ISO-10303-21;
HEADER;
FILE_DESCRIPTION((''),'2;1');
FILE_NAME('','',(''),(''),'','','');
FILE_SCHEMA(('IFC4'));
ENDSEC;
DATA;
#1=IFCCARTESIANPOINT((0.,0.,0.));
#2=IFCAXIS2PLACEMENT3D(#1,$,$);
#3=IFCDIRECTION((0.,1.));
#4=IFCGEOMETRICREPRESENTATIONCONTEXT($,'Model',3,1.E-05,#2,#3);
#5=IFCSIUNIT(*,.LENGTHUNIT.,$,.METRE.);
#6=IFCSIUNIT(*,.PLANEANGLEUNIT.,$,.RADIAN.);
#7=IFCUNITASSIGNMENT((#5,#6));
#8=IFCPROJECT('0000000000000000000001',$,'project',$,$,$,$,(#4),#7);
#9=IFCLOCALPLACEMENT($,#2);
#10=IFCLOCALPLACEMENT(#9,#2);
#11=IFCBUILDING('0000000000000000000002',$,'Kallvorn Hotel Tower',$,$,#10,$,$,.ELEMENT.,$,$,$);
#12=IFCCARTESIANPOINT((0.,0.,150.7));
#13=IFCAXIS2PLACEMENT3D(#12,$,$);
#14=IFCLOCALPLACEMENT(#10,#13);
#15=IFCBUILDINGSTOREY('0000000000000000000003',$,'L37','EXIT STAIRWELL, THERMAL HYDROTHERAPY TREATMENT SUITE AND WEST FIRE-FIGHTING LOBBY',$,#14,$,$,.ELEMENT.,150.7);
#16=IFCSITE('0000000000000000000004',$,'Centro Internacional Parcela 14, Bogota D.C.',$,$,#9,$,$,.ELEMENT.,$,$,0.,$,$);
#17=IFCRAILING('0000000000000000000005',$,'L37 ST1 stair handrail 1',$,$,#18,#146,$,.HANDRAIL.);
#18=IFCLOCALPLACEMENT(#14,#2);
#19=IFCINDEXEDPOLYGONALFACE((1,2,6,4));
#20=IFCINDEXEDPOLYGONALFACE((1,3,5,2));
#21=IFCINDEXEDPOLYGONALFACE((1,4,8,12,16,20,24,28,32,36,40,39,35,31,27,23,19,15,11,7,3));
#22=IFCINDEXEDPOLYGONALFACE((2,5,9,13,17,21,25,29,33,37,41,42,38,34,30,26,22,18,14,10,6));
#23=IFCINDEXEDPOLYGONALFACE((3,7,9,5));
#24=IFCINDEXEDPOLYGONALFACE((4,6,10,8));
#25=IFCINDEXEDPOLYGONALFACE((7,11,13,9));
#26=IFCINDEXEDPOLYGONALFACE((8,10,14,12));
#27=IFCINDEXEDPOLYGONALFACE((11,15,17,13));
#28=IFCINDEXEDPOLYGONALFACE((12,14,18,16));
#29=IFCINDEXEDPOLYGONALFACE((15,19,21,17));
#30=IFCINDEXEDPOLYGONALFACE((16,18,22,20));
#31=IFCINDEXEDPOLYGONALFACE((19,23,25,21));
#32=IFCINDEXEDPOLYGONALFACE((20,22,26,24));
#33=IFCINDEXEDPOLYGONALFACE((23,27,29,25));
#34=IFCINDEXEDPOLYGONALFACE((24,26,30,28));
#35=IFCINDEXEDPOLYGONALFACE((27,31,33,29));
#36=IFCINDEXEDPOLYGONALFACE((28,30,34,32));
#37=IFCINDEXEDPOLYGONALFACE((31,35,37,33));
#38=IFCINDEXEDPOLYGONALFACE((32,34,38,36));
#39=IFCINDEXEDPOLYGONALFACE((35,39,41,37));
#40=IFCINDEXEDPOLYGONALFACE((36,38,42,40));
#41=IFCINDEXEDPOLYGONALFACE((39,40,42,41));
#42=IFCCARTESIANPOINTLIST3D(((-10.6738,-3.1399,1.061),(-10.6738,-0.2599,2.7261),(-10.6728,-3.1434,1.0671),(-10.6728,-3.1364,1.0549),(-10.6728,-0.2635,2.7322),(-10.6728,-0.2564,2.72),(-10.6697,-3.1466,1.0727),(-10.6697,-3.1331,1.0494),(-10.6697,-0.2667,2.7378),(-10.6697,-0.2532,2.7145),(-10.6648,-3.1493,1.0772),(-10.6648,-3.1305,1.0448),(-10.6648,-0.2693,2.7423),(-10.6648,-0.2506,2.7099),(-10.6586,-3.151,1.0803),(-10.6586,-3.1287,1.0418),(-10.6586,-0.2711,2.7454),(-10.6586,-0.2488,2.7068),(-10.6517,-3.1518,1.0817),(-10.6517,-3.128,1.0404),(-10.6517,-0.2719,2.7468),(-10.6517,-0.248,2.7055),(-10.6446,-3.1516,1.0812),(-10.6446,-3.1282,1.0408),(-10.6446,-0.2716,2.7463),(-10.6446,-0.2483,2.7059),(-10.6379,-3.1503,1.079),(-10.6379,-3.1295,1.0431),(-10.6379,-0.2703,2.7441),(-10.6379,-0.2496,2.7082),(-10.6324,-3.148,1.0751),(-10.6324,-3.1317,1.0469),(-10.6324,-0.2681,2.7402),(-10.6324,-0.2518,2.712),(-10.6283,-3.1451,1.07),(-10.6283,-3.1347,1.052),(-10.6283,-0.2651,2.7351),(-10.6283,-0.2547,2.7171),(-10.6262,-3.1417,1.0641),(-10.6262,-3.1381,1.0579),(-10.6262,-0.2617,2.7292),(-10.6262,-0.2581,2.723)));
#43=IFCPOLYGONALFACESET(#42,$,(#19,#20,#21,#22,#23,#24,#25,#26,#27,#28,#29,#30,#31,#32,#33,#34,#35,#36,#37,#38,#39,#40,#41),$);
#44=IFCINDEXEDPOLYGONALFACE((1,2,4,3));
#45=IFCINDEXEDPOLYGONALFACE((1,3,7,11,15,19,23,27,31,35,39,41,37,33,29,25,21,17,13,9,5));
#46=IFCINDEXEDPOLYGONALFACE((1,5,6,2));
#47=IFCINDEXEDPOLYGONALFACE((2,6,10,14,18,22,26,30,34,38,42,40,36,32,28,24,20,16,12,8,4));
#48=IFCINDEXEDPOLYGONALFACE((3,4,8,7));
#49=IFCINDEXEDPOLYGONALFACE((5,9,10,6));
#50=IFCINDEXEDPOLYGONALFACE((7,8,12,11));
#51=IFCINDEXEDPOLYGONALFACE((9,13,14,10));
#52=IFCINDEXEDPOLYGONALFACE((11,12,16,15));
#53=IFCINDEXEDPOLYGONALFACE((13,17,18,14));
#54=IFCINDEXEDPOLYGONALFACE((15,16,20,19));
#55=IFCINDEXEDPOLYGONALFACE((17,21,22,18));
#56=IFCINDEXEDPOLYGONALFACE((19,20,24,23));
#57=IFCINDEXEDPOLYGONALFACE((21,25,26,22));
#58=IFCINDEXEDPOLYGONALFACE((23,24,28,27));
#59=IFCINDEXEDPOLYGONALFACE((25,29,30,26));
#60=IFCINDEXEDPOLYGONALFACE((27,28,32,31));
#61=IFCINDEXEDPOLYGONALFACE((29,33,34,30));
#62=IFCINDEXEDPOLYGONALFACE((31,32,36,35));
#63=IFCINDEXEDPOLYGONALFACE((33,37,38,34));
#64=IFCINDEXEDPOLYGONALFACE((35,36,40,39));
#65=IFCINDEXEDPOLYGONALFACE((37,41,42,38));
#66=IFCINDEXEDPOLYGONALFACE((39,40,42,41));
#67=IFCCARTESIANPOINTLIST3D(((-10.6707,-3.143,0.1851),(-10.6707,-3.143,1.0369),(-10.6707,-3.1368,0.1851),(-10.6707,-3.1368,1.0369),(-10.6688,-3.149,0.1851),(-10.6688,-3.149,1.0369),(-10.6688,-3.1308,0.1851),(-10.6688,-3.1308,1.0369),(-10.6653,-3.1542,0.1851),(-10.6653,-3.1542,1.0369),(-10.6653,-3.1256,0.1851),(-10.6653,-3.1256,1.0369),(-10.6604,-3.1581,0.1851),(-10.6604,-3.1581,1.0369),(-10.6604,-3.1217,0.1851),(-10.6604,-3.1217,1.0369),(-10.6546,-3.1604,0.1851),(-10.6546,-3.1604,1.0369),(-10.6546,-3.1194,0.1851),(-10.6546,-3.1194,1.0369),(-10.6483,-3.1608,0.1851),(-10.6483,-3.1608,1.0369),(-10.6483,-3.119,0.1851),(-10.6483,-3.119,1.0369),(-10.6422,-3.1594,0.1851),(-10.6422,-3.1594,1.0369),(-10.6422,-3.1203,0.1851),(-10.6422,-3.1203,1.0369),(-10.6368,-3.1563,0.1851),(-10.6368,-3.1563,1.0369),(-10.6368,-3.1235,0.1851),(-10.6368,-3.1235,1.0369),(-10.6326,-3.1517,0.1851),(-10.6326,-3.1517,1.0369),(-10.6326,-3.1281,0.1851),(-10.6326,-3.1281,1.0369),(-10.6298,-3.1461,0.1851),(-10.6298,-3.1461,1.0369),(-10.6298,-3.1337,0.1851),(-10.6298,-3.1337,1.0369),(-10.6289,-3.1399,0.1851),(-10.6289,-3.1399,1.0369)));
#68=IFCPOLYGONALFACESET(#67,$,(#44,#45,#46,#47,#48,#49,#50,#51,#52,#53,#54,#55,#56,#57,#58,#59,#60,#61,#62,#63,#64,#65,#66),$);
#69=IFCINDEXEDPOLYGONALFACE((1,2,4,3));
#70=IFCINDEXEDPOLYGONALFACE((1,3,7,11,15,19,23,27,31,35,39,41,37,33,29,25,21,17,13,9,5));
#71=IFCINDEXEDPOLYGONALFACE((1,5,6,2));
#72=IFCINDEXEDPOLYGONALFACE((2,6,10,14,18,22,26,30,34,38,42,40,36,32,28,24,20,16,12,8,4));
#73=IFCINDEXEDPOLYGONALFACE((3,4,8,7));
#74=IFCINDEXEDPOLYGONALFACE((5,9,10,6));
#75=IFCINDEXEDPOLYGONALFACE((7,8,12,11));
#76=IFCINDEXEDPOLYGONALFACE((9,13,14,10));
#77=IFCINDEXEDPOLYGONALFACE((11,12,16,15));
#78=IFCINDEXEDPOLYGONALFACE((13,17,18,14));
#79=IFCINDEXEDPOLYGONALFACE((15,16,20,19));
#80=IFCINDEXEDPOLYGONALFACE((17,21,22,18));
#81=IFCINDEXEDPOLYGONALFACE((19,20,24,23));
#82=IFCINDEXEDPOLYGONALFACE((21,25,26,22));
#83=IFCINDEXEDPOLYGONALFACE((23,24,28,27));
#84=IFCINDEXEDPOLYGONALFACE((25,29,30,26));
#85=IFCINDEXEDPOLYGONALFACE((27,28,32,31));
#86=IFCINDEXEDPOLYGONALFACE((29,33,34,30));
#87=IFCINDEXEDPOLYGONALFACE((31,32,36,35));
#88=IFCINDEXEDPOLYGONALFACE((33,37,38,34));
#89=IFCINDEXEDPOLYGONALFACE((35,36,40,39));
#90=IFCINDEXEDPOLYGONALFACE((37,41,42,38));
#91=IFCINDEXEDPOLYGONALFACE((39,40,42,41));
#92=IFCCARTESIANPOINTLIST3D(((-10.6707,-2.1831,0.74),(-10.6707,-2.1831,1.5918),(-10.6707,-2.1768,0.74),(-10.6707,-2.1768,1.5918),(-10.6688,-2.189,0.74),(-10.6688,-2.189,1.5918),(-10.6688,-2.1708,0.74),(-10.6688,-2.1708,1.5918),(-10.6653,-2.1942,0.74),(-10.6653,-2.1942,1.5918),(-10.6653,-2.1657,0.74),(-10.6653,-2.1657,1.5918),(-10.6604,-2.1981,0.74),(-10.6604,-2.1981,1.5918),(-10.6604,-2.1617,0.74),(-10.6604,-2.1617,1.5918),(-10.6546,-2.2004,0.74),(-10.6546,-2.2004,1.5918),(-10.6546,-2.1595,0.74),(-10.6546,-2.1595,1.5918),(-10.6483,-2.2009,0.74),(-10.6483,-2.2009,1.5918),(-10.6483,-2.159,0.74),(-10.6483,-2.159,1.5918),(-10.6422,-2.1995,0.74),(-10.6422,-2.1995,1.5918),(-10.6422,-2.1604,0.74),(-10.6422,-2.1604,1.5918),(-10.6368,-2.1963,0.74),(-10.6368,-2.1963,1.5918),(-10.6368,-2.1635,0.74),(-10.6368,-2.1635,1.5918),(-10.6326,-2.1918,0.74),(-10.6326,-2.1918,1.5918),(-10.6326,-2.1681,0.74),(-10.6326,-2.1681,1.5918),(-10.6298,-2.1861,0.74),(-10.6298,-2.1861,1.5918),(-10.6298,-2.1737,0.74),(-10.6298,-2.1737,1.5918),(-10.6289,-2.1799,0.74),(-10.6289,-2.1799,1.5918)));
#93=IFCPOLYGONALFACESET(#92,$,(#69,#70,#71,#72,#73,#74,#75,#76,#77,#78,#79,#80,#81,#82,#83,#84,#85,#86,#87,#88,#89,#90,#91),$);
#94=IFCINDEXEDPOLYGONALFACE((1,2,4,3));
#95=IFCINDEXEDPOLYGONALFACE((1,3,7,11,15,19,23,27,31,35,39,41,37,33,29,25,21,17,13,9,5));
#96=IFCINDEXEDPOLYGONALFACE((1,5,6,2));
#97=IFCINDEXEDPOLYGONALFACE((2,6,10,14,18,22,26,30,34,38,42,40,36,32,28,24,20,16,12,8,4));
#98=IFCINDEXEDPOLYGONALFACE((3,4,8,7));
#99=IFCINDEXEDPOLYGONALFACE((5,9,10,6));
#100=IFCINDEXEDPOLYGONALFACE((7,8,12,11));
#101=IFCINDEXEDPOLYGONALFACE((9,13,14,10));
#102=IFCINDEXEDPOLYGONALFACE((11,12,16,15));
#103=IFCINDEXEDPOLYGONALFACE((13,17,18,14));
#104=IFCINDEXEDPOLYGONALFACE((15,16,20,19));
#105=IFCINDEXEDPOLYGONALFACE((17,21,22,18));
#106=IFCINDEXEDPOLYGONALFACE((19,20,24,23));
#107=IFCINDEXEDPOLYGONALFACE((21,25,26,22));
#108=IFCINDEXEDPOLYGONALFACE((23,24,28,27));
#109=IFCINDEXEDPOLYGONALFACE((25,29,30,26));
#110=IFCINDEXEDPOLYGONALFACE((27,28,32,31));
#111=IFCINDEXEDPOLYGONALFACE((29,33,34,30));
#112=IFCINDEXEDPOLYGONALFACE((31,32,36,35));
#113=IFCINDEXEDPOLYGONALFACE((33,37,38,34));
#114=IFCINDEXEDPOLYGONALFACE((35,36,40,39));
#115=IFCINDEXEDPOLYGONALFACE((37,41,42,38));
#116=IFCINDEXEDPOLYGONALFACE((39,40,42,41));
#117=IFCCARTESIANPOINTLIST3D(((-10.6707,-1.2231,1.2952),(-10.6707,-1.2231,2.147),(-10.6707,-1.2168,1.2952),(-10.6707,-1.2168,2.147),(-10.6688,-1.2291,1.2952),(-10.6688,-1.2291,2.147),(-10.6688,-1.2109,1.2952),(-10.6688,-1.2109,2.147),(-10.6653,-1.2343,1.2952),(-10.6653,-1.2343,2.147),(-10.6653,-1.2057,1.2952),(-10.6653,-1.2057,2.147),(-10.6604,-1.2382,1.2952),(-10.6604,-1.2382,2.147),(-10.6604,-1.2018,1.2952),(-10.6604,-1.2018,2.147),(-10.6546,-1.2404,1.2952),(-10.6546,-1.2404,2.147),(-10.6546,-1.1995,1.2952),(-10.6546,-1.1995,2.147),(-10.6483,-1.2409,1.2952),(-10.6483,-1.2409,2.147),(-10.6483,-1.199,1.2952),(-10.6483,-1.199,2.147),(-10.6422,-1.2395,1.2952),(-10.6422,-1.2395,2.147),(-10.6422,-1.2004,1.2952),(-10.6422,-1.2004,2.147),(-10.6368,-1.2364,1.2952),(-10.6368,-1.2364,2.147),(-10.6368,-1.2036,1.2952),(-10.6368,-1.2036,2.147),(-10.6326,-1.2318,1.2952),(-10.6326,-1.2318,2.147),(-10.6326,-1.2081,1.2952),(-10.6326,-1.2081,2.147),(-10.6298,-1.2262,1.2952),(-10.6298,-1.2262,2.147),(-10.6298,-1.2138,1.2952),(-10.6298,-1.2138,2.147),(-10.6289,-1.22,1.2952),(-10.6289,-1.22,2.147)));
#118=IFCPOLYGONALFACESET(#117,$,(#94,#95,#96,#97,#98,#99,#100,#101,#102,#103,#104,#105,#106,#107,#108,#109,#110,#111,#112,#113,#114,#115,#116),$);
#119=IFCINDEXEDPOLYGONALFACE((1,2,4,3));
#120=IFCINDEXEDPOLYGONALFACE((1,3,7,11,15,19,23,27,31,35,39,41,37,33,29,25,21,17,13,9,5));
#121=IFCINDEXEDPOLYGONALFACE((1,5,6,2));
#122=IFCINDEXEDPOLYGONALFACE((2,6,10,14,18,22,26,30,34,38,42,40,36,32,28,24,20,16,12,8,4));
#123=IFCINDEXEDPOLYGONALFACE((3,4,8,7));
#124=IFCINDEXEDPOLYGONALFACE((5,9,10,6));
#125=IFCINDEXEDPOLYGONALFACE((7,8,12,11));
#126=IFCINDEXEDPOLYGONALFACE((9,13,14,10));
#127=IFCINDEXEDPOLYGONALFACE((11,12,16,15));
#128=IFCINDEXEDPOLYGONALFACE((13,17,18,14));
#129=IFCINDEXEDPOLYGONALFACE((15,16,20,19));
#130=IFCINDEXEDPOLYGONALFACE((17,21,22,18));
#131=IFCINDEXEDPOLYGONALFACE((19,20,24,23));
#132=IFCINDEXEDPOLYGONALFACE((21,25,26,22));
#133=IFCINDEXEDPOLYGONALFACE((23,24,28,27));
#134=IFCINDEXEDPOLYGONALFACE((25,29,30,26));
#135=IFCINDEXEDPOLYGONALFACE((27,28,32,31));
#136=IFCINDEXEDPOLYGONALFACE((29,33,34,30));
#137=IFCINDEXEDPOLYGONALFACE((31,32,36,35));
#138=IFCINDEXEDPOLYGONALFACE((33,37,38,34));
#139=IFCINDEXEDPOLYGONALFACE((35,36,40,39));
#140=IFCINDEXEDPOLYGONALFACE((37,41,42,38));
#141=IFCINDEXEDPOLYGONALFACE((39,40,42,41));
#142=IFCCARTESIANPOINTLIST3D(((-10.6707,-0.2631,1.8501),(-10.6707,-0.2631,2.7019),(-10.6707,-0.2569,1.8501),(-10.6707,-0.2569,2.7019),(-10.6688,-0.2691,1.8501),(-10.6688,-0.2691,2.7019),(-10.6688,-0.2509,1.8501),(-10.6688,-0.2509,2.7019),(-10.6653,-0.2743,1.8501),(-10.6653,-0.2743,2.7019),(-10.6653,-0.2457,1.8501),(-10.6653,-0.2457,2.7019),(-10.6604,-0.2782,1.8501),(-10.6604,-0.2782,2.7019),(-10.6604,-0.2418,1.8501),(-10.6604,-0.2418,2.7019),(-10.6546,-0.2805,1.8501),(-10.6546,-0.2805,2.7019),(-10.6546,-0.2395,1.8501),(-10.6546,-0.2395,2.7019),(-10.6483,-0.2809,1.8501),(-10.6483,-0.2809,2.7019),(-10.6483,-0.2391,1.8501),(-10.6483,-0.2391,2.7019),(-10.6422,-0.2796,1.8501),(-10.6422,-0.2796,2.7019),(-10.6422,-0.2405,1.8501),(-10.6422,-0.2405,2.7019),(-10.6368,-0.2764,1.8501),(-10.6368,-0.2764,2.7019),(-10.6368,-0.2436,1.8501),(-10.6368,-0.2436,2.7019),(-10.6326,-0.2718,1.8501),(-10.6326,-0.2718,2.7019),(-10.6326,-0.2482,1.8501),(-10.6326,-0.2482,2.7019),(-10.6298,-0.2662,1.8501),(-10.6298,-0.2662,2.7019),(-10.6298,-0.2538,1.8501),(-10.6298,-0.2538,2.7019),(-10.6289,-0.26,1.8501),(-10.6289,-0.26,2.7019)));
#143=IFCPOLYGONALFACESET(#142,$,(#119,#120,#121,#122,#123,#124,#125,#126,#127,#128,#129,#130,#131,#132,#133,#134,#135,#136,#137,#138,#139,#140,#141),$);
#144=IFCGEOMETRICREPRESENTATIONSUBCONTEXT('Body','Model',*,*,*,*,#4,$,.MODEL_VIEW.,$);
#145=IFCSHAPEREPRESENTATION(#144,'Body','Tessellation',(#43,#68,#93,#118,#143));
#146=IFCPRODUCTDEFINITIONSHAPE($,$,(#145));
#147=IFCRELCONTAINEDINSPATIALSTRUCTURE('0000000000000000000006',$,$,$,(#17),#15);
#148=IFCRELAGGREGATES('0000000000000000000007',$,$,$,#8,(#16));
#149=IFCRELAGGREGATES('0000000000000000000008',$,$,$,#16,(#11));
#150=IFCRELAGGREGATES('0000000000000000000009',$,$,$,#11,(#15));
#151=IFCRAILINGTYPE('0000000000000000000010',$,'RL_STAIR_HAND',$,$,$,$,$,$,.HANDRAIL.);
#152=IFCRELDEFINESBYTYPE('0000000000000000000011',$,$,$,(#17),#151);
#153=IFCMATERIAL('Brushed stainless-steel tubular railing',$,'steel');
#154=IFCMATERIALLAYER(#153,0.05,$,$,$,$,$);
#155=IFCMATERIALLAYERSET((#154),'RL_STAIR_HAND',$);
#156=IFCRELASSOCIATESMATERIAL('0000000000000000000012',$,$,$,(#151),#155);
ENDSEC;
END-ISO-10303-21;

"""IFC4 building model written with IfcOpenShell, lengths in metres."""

from ifc_helpers import new_model, si_unit, direction, frame, origin, origin_2d, place, context, subcontext, project, spatial, circle, extrude, material, layer, layer_set, type_object, element, save


model = new_model("IFC4")

# Units and contexts
model_context = context("Model", 3, precision=1e-05, world=origin(), true_north=direction((0.0, 1.0)))
body_context = subcontext(model_context, "Body", "Model", "MODEL_VIEW")
ifc_project = project(units=[si_unit("LENGTHUNIT", "METRE"), si_unit("PLANEANGLEUNIT", "RADIAN")], contexts=[model_context])

# Site, building, storey
site_placement = place(None, origin())
site = spatial("IfcSite", under=ifc_project, at=site_placement, Name="Centro Internacional Parcela 14, Bogota D.C.", CompositionType="ELEMENT", RefElevation=0.0)
building_placement = place(site_placement, origin())
building = spatial("IfcBuilding", under=site, at=building_placement, Name="Kallvorn Hotel Tower", CompositionType="ELEMENT")
storey_placement = place(building_placement, frame((0.0, 0.0, 150.7)))
storey = spatial("IfcBuildingStorey", under=building, at=storey_placement, Name="L37", Description="EXIT STAIRWELL, THERMAL HYDROTHERAPY TREATMENT SUITE AND WEST FIRE-FIGHTING LOBBY", CompositionType="ELEMENT", Elevation=150.7)

# Railing
ifc_material_1 = material(Name="Brushed stainless-steel tubular railing", Category="steel")
ifc_layer_1 = layer(ifc_material_1, 0.05)
ifc_layer_set_1 = layer_set([ifc_layer_1], Name="RL_STAIR_HAND")
railing_type_1 = type_object("IfcRailingType", Name="RL_STAIR_HAND", PredefinedType="HANDRAIL", material=ifc_layer_set_1)
railing_1_placement = place(storey_placement, frame((-10.6499, -3.1399, 0.1851)))
element("IfcRailing", 1, at=railing_1_placement, inside=storey, type_object=railing_type_1, Name="L37 ST1 stair handrail 1", PredefinedType="HANDRAIL", context=body_context, shape_type="SweptSolid", body=[
    extrude(circle(Radius=0.0239, at=origin_2d()), frame((0.0, 0.0, 0.876), z_axis=(0.0, 0.865721, 0.500527), x_axis=(-1.0, 0.0, 0.0)), (0.0, 0.0, 1.0), 3.3267),
    extrude(circle(Radius=0.021, at=origin_2d()), origin(), (0.0, 0.0, 1.0), 0.8518),
    extrude(circle(Radius=0.021, at=origin_2d()), frame((0.0, 0.96, 0.5549)), (0.0, 0.0, 1.0), 0.8518),
    extrude(circle(Radius=0.021, at=origin_2d()), frame((0.0, 1.9199, 1.1101)), (0.0, 0.0, 1.0), 0.8518),
    extrude(circle(Radius=0.021, at=origin_2d()), frame((0.0, 2.8799, 1.665)), (0.0, 0.0, 1.0), 0.8518),
])

save(model, "model.ifc")
